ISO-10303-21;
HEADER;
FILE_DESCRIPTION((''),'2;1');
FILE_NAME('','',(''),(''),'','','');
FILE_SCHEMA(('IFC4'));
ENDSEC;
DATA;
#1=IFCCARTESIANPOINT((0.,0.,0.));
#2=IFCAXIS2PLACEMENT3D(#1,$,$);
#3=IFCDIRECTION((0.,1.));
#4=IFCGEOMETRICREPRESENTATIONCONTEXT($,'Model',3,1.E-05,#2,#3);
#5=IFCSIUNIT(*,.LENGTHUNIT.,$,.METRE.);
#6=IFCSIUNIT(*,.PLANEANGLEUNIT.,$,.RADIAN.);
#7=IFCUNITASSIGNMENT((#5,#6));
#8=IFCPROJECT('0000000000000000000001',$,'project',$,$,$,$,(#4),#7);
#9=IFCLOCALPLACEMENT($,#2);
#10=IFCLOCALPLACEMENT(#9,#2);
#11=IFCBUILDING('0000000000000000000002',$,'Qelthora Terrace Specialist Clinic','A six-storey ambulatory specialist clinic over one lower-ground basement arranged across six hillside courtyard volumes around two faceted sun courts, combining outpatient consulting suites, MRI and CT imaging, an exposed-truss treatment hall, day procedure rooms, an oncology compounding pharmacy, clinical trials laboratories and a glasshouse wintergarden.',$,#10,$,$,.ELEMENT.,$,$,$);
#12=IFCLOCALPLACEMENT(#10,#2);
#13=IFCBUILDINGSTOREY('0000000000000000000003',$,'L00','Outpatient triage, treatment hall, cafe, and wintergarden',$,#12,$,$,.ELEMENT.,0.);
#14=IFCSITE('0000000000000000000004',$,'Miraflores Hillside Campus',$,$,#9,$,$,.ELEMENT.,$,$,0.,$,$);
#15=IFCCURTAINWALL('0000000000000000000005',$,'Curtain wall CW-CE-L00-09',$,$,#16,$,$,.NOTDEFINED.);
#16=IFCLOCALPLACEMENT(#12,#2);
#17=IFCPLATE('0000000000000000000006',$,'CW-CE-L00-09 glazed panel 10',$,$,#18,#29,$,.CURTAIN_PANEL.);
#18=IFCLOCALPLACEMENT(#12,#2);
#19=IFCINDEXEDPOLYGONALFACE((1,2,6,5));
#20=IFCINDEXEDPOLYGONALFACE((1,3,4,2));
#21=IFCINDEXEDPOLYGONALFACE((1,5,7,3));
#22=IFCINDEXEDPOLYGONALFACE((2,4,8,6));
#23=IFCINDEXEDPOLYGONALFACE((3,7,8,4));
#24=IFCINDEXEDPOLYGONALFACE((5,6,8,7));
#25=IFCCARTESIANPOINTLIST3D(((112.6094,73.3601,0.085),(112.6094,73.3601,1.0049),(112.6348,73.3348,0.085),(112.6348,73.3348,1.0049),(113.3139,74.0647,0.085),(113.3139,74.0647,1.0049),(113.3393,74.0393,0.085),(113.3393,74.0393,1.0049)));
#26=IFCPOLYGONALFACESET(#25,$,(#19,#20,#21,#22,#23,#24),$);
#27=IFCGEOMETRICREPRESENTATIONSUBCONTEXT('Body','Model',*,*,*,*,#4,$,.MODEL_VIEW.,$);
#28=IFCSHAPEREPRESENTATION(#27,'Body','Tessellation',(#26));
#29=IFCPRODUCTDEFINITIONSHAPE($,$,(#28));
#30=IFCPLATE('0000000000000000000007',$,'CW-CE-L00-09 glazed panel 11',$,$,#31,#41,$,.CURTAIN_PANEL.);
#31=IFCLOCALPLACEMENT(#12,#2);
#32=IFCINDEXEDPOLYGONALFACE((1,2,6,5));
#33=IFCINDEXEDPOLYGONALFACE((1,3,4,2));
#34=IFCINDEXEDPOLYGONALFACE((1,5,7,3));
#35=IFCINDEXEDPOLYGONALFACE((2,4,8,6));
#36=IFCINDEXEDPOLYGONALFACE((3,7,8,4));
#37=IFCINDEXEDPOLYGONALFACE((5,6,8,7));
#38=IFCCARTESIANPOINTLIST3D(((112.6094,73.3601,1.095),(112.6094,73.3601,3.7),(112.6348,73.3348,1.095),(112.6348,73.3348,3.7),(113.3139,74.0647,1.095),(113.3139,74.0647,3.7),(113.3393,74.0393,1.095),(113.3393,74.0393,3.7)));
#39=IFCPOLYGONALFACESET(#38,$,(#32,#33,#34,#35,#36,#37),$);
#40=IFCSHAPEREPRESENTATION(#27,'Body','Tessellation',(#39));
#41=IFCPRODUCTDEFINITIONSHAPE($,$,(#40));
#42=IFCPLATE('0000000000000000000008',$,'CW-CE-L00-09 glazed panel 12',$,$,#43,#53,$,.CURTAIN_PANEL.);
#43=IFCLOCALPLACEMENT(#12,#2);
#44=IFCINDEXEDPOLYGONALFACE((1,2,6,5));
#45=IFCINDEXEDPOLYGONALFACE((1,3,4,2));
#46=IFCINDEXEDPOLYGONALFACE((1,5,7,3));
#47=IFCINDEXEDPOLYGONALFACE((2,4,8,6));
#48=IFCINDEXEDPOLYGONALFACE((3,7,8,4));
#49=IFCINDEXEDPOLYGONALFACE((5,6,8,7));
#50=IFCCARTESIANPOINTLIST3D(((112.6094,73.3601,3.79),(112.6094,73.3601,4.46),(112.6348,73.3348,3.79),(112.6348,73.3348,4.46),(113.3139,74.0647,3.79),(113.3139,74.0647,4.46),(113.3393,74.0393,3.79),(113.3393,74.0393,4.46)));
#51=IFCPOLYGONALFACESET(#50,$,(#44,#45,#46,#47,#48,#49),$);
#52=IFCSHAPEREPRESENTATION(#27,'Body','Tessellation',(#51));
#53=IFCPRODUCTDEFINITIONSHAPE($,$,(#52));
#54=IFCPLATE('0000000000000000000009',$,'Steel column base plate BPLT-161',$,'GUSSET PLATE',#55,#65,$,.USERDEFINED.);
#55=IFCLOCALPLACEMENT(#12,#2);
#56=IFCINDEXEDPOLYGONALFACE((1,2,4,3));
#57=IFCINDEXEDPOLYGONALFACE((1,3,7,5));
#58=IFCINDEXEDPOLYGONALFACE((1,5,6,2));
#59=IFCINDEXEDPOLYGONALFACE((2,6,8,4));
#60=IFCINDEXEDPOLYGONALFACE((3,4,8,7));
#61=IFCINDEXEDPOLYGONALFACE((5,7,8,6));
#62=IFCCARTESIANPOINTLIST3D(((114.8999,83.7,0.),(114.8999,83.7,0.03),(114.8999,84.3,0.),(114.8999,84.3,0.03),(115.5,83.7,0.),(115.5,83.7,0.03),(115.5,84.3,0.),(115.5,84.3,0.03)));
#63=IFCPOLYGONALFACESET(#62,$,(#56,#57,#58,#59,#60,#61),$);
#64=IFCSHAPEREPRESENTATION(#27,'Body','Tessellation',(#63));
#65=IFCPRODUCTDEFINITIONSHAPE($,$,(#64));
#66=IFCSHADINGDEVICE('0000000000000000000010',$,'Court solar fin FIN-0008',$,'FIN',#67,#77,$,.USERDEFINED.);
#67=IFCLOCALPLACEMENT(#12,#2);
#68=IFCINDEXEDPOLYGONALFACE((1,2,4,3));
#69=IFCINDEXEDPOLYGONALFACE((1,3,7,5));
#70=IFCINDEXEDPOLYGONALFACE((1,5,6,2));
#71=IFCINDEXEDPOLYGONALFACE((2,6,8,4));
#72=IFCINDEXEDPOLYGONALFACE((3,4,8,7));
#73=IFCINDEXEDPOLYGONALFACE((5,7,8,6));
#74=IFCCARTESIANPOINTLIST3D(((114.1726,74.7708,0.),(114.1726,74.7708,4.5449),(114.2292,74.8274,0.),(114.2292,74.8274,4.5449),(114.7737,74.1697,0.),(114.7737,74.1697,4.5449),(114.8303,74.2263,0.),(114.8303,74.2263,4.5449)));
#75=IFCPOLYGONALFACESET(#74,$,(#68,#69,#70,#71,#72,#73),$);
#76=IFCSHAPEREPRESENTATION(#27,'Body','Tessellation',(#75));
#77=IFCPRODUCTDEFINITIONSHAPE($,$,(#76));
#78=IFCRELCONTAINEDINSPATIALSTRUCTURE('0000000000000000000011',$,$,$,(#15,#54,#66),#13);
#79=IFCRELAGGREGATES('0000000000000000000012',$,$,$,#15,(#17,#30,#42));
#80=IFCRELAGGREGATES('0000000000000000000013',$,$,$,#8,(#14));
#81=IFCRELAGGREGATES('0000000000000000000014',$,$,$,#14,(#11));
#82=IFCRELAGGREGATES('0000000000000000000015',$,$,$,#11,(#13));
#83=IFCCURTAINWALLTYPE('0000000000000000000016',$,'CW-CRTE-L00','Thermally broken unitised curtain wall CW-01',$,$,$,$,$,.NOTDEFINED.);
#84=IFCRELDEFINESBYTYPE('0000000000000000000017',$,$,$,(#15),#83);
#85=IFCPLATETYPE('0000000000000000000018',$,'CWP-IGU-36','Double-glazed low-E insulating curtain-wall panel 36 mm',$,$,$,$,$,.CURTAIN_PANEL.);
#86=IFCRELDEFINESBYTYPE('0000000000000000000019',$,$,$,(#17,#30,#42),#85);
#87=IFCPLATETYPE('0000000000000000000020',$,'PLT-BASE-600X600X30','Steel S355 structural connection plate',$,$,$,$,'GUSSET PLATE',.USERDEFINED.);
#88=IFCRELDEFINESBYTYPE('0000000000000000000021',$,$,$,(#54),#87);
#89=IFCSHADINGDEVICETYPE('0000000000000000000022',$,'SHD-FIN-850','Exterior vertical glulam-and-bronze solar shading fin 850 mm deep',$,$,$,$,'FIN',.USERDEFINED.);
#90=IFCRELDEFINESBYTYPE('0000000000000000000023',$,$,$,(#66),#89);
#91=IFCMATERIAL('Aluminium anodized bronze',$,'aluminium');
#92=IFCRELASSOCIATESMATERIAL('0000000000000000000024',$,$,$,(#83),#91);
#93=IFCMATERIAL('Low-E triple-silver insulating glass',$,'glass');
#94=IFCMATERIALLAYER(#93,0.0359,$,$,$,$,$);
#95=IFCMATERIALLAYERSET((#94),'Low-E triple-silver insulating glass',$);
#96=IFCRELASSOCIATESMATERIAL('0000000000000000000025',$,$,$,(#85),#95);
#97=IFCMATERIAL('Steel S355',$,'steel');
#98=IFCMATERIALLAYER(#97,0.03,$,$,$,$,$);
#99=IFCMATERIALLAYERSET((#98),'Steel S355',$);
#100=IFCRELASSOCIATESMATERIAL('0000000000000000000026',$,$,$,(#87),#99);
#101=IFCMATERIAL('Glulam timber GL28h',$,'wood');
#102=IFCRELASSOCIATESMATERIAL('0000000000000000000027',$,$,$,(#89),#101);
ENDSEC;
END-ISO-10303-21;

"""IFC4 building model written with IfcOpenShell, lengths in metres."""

from ifc_helpers import new_model, si_unit, direction, frame, origin, origin_2d, place, context, subcontext, project, spatial, rectangle, extrude, material, layer, layer_set, type_object, element, aggregate, save


model = new_model("IFC4")

# Units and contexts
model_context = context("Model", 3, precision=1e-05, world=origin(), true_north=direction((0.0, 1.0)))
body_context = subcontext(model_context, "Body", "Model", "MODEL_VIEW")
ifc_project = project(units=[si_unit("LENGTHUNIT", "METRE"), si_unit("PLANEANGLEUNIT", "RADIAN")], contexts=[model_context])

# Site, building, storey
site_placement = place(None, origin())
site = spatial("IfcSite", under=ifc_project, at=site_placement, Name="Miraflores Hillside Campus", CompositionType="ELEMENT", RefElevation=0.0)
building_placement = place(site_placement, origin())
building = spatial("IfcBuilding", under=site, at=building_placement, Name="Qelthora Terrace Specialist Clinic", Description="A six-storey ambulatory specialist clinic over one lower-ground basement arranged across six hillside courtyard volumes around two faceted sun courts, combining outpatient consulting suites, MRI and CT imaging, an exposed-truss treatment hall, day procedure rooms, an oncology compounding pharmacy, clinical trials laboratories and a glasshouse wintergarden.", CompositionType="ELEMENT")
storey_placement = place(building_placement, origin())
storey = spatial("IfcBuildingStorey", under=building, at=storey_placement, Name="L00", Description="Outpatient triage, treatment hall, cafe, and wintergarden", CompositionType="ELEMENT", Elevation=0.0)

# Shared definitions
ifc_material_1 = material(Name="Steel S355", Category="steel")

# Shared definitions
ifc_material_2 = material(Name="Aluminium anodized bronze", Category="aluminium")
curtain_wall_type = type_object("IfcCurtainWallType", Name="CW-CRTE-L00", Description="Thermally broken unitised curtain wall CW-01", PredefinedType="NOTDEFINED", material=ifc_material_2)

# Curtain wall
curtain_wall_1_placement = place(storey_placement, origin())
curtain_wall_1 = element("IfcCurtainWall", 1, at=curtain_wall_1_placement, inside=storey, type_object=curtain_wall_type, Name="Curtain wall CW-CE-L00-09", PredefinedType="NOTDEFINED")

# Plates
ifc_material_3 = material(Name="Low-E triple-silver insulating glass", Category="glass")
ifc_layer_1 = layer(ifc_material_3, 0.0359)
ifc_layer_set_1 = layer_set([ifc_layer_1], Name="Low-E triple-silver insulating glass")
plate_type_1 = type_object("IfcPlateType", Name="CWP-IGU-36", Description="Double-glazed low-E insulating curtain-wall panel 36 mm", PredefinedType="CURTAIN_PANEL", material=ifc_layer_set_1)
plate_1_placement = place(storey_placement, frame((112.9744, 73.6997, 0.085), z_axis=(0.0, 0.0, 1.0), x_axis=(-0.707107, -0.707107, 0.0)))
plate_1 = element("IfcPlate", 2, at=plate_1_placement, type_object=plate_type_1, Name="CW-CE-L00-09 glazed panel 10", PredefinedType="CURTAIN_PANEL", context=body_context, shape_type="SweptSolid", body=[
    extrude(rectangle(XDim=0.9963, YDim=0.0359, at=origin_2d()), origin(), (0.0, 0.0, 1.0), 0.9199),
])
plate_2_placement = place(storey_placement, frame((112.9744, 73.6997, 1.095), z_axis=(0.0, 0.0, 1.0), x_axis=(-0.707107, -0.707107, 0.0)))
plate_2 = element("IfcPlate", 3, at=plate_2_placement, type_object=plate_type_1, Name="CW-CE-L00-09 glazed panel 11", PredefinedType="CURTAIN_PANEL", context=body_context, shape_type="SweptSolid", body=[
    extrude(rectangle(XDim=0.9963, YDim=0.0359, at=origin_2d()), origin(), (0.0, 0.0, 1.0), 2.605),
])
plate_3_placement = place(storey_placement, frame((112.9744, 73.6997, 3.79), z_axis=(0.0, 0.0, 1.0), x_axis=(-0.707107, -0.707107, 0.0)))
plate_3 = element("IfcPlate", 4, at=plate_3_placement, type_object=plate_type_1, Name="CW-CE-L00-09 glazed panel 12", PredefinedType="CURTAIN_PANEL", context=body_context, shape_type="SweptSolid", body=[
    extrude(rectangle(XDim=0.9963, YDim=0.0359, at=origin_2d()), origin(), (0.0, 0.0, 1.0), 0.6699),
])
aggregate(curtain_wall_1, [plate_1, plate_2, plate_3])
ifc_layer_2 = layer(ifc_material_1, 0.03)
ifc_layer_set_2 = layer_set([ifc_layer_2], Name="Steel S355")
plate_type_2 = type_object("IfcPlateType", Name="PLT-BASE-600X600X30", Description="Steel S355 structural connection plate", ElementType="GUSSET PLATE", PredefinedType="USERDEFINED", material=ifc_layer_set_2)
plate_4_placement = place(storey_placement, frame((115.2, 84.0, 0.0), z_axis=(0.0, 0.0, 1.0), x_axis=(1.0, 0.0, 0.0)))
element("IfcPlate", 5, at=plate_4_placement, inside=storey, type_object=plate_type_2, Name="Steel column base plate BPLT-161", ObjectType="GUSSET PLATE", PredefinedType="USERDEFINED", context=body_context, shape_type="SweptSolid", body=[
    extrude(rectangle(XDim=0.6001, YDim=0.6001, at=origin_2d()), origin(), (0.0, 0.0, 1.0), 0.03),
])

# Shading device
ifc_material_4 = material(Name="Glulam timber GL28h", Category="wood")
shading_device_type = type_object("IfcShadingDeviceType", Name="SHD-FIN-850", Description="Exterior vertical glulam-and-bronze solar shading fin 850 mm deep", ElementType="FIN", PredefinedType="USERDEFINED", material=ifc_material_4)
shading_device_placement = place(storey_placement, frame((114.5015, 74.4985, 0.0), z_axis=(0.0, 0.0, 1.0), x_axis=(0.707107, -0.707107, 0.0)))
element("IfcShadingDevice", 6, at=shading_device_placement, inside=storey, type_object=shading_device_type, Name="Court solar fin FIN-0008", ObjectType="FIN", PredefinedType="USERDEFINED", context=body_context, shape_type="SweptSolid", body=[
    extrude(rectangle(XDim=0.8501, YDim=0.0801, at=origin_2d()), origin(), (0.0, 0.0, 1.0), 4.5449),
])

save(model, "model.ifc")
